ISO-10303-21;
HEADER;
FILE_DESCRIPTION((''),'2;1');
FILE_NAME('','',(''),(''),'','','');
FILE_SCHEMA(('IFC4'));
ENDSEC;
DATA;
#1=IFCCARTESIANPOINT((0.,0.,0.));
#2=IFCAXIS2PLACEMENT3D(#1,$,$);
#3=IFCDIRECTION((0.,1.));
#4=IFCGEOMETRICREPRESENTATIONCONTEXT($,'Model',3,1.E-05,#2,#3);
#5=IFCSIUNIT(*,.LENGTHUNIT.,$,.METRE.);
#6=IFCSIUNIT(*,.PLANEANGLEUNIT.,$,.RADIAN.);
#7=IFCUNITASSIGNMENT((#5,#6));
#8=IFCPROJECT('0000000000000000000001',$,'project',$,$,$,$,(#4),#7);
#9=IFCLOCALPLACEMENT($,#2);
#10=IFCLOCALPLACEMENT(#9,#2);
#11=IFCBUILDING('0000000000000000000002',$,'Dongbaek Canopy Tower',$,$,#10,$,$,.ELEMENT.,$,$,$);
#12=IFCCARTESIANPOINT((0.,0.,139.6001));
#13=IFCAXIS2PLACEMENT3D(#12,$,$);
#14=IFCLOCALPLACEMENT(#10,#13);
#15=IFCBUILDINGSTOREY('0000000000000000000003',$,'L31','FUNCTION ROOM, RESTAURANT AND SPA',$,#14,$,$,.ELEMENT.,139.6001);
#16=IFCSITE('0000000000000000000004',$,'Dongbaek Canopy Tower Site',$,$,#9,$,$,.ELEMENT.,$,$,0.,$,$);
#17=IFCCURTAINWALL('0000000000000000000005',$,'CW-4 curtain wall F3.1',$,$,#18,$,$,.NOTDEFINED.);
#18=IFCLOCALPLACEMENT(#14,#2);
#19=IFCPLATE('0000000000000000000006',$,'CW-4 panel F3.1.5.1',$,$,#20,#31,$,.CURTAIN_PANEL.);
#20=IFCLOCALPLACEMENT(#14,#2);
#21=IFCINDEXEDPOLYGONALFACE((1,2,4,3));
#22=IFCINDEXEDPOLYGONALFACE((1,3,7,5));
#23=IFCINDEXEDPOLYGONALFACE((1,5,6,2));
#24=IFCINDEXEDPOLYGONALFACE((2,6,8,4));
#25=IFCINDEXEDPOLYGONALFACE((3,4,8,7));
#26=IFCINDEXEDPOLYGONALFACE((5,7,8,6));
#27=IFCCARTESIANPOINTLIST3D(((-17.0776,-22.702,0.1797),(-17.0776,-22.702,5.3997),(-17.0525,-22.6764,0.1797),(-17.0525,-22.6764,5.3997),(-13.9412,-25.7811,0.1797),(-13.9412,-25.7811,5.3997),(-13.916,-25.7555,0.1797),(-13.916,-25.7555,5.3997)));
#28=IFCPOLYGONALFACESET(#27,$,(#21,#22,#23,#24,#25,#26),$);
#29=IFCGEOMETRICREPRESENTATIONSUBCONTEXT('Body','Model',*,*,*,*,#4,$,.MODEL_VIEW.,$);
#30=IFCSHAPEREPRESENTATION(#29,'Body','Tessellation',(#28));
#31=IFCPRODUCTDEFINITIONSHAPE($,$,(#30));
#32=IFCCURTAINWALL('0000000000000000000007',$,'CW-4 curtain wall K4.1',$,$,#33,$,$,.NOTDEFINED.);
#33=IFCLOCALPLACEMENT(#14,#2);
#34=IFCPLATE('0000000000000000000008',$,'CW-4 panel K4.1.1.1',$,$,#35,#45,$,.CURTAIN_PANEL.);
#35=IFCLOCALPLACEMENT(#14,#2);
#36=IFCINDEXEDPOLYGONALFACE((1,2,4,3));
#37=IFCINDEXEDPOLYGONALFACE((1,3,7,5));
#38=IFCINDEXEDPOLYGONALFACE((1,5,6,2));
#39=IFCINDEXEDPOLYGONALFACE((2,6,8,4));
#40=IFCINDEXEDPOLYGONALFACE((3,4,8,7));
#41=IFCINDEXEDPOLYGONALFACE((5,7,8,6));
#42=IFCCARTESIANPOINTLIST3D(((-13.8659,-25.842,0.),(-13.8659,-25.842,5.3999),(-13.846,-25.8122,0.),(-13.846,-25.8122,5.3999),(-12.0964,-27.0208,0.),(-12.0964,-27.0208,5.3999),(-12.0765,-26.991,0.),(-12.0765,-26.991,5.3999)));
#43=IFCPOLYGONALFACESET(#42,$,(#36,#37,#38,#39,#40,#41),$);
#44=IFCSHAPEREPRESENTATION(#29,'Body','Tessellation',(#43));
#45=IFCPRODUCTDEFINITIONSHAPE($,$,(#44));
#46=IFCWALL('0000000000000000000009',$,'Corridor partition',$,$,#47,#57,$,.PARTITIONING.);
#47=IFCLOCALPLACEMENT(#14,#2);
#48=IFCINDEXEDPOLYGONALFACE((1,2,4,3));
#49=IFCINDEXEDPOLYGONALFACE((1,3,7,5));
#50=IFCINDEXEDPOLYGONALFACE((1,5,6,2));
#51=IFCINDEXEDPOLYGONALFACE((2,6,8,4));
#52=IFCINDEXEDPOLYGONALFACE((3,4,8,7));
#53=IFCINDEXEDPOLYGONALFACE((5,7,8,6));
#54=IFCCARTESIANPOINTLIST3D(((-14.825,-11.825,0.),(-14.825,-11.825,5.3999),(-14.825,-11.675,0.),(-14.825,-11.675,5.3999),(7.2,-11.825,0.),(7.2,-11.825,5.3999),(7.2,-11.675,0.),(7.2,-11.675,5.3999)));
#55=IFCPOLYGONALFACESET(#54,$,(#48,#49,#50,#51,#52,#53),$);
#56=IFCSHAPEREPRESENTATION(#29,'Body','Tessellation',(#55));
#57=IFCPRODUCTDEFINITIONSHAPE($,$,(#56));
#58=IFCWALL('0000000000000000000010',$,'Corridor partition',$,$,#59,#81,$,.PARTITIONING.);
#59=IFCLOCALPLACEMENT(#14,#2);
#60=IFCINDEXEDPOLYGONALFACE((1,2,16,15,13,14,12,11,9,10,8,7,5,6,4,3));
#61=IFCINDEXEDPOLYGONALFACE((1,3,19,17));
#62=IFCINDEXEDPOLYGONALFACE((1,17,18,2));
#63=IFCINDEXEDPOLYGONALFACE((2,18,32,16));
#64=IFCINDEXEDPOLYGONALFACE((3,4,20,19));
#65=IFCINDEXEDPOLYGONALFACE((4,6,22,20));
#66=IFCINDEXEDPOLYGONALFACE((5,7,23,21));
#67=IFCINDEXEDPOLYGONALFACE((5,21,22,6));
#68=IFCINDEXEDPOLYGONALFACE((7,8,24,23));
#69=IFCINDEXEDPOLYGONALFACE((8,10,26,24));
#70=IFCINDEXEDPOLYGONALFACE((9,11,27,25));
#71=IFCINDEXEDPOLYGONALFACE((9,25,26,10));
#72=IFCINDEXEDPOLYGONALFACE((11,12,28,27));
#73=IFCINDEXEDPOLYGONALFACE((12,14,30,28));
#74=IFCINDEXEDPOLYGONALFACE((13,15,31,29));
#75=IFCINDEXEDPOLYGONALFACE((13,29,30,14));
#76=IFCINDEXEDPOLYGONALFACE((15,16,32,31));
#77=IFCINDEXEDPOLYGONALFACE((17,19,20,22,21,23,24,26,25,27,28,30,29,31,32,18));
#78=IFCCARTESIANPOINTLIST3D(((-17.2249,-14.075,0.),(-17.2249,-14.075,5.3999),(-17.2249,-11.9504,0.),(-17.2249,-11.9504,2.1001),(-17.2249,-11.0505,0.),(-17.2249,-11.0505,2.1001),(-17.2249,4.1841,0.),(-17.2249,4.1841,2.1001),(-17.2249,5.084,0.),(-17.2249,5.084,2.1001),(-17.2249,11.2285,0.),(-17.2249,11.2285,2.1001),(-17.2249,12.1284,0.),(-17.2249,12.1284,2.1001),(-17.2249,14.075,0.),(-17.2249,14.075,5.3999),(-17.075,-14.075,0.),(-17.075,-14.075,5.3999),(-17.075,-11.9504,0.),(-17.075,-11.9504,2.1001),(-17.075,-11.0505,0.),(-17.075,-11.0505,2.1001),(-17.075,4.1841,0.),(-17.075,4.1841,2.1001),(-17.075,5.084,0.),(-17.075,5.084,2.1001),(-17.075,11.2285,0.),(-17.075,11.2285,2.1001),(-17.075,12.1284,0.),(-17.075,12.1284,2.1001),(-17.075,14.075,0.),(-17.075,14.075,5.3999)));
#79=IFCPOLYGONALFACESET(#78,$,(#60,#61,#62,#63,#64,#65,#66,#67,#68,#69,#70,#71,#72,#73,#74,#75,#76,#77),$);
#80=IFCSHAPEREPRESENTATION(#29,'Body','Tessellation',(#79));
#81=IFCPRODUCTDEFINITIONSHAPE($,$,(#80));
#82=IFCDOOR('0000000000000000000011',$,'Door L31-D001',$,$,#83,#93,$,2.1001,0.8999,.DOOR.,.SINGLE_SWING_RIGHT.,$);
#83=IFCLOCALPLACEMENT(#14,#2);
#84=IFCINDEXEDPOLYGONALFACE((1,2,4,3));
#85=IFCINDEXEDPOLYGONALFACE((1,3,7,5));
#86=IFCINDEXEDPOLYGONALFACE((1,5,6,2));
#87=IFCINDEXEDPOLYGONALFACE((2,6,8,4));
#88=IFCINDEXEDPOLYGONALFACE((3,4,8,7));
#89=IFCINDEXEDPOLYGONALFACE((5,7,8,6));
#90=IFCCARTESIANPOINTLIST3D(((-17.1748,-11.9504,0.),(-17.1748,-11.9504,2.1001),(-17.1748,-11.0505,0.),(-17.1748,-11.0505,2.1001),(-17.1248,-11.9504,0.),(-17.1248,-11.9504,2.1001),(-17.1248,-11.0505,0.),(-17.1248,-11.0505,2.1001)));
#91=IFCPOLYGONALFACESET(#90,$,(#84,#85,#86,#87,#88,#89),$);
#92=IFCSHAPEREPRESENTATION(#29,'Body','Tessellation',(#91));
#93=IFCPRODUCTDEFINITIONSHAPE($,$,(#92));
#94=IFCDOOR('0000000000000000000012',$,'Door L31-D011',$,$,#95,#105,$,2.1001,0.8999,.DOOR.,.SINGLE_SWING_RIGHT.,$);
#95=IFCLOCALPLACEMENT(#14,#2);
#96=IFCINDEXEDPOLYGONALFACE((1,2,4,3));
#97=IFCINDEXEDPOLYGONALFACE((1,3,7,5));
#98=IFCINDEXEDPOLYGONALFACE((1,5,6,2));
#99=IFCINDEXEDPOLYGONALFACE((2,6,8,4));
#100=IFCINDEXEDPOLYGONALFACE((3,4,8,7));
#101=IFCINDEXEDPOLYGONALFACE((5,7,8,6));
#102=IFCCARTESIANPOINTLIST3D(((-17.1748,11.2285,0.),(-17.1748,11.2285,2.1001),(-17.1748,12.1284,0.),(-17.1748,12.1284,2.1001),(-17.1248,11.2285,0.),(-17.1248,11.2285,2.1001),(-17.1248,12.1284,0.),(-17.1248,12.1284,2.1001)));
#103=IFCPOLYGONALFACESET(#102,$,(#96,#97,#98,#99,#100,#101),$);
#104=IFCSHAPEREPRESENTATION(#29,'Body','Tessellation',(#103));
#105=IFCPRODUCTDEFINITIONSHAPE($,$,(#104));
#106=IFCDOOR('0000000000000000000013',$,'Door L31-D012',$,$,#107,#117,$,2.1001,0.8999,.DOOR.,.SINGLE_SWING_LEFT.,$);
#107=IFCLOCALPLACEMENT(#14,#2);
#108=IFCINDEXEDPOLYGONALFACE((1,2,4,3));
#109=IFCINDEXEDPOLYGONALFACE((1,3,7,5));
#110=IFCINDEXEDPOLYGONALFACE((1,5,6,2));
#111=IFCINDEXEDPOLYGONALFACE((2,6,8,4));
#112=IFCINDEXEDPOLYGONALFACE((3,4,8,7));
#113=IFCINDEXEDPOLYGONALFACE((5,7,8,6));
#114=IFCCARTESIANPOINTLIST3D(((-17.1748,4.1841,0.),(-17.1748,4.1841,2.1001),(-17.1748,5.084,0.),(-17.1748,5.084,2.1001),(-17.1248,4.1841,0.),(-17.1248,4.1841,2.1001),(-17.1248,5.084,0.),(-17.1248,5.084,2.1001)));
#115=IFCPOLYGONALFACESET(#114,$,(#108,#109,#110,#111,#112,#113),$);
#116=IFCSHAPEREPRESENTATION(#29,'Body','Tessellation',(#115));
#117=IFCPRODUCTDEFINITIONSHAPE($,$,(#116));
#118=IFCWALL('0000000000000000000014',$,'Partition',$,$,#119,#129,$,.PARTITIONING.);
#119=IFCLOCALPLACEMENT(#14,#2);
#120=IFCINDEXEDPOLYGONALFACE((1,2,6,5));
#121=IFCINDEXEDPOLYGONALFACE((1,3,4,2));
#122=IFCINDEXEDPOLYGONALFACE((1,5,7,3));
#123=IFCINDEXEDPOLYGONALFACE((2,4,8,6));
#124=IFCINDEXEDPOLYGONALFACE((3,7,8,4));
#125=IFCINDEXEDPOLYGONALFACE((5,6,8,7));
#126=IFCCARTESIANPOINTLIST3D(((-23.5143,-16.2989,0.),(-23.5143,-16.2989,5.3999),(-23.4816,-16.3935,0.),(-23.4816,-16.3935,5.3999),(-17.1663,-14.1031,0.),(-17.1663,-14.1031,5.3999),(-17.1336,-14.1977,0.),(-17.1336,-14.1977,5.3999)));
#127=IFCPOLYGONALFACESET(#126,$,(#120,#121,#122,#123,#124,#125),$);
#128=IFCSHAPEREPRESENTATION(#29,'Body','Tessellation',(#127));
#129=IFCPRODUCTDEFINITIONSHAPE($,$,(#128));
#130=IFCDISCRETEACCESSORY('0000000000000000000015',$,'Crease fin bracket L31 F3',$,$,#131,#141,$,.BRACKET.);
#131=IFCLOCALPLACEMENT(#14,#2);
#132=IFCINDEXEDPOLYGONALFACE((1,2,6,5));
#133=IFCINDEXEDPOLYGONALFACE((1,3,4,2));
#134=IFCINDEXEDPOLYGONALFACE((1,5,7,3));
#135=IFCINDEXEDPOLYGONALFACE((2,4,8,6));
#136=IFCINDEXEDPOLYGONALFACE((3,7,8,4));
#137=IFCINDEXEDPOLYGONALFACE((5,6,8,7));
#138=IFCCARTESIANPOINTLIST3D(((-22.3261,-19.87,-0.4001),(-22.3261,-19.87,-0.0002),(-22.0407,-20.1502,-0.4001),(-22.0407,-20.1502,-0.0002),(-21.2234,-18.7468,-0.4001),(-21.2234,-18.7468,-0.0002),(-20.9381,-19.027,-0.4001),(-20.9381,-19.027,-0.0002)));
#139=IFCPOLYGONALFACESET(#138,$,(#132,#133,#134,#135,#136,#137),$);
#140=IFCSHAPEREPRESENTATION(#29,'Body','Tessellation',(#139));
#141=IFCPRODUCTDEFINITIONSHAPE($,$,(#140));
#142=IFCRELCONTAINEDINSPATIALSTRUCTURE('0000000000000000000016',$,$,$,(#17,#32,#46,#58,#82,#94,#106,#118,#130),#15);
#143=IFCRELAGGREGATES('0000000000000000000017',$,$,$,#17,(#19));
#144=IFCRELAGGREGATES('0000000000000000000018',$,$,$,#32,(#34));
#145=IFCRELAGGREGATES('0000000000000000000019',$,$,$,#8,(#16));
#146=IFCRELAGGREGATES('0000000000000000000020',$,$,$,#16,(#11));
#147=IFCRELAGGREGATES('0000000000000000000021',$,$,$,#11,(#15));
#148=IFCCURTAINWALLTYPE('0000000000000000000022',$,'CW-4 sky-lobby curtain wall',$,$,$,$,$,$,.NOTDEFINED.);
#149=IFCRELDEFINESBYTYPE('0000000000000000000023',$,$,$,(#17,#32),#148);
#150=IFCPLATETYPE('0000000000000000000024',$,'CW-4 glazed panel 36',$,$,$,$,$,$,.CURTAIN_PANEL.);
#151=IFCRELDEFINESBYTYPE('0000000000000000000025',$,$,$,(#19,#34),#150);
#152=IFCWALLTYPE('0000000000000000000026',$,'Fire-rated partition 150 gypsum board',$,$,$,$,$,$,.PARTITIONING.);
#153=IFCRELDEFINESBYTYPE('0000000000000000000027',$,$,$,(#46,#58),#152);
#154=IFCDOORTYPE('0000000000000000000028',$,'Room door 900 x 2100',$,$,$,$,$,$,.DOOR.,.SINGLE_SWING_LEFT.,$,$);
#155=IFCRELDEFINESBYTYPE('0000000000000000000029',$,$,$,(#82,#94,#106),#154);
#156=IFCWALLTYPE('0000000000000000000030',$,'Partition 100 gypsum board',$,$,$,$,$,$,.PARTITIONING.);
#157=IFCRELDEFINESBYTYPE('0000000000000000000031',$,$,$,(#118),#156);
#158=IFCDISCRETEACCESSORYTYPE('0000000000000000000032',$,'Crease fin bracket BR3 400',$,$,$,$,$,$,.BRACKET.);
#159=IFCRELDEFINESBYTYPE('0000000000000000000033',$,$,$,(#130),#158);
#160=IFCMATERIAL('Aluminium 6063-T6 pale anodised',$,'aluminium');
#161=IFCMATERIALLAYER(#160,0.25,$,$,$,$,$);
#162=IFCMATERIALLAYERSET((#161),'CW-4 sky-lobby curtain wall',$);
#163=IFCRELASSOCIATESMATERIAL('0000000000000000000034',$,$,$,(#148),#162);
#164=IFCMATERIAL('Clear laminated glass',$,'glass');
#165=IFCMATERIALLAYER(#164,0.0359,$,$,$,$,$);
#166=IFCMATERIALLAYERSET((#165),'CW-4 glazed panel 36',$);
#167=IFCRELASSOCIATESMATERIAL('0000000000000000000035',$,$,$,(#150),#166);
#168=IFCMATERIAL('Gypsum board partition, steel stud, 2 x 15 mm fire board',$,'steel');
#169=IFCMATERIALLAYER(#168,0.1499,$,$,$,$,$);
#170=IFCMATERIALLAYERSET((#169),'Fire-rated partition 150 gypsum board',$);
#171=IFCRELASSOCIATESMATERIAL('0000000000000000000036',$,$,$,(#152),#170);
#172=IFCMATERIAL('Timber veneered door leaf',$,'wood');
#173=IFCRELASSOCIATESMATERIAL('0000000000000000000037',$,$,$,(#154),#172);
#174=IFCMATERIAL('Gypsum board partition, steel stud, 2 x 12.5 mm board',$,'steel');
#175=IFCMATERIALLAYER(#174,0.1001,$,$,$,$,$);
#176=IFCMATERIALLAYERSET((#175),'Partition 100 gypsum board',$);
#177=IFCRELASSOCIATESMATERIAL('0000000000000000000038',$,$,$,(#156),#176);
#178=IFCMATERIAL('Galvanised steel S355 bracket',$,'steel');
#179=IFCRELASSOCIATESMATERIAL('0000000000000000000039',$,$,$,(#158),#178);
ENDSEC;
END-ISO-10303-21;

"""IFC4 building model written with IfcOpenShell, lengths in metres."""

from ifc_helpers import new_model, si_unit, direction, frame, frame_2d, origin, origin_2d, place, context, subcontext, project, spatial, rectangle, extrude, material, layer, layer_set, type_object, element, fill, aggregate, save


model = new_model("IFC4")

# Units and contexts
model_context = context("Model", 3, precision=1e-05, world=origin(), true_north=direction((0.0, 1.0)))
body_context = subcontext(model_context, "Body", "Model", "MODEL_VIEW")
ifc_project = project(units=[si_unit("LENGTHUNIT", "METRE"), si_unit("PLANEANGLEUNIT", "RADIAN")], contexts=[model_context])

# Site, building, storey
site_placement = place(None, origin())
site = spatial("IfcSite", under=ifc_project, at=site_placement, Name="Dongbaek Canopy Tower Site", CompositionType="ELEMENT", RefElevation=0.0)
building_placement = place(site_placement, origin())
building = spatial("IfcBuilding", under=site, at=building_placement, Name="Dongbaek Canopy Tower", CompositionType="ELEMENT")
storey_placement = place(building_placement, frame((0.0, 0.0, 139.6001)))
storey = spatial("IfcBuildingStorey", under=building, at=storey_placement, Name="L31", Description="FUNCTION ROOM, RESTAURANT AND SPA", CompositionType="ELEMENT", Elevation=139.6001)

# Curtain wall
ifc_material_1 = material(Name="Aluminium 6063-T6 pale anodised", Category="aluminium")
ifc_layer_1 = layer(ifc_material_1, 0.25)
ifc_layer_set_1 = layer_set([ifc_layer_1], Name="CW-4 sky-lobby curtain wall")
curtain_wall_type = type_object("IfcCurtainWallType", Name="CW-4 sky-lobby curtain wall", PredefinedType="NOTDEFINED", material=ifc_layer_set_1)
curtain_wall_1_placement = place(storey_placement, origin())
curtain_wall_1 = element("IfcCurtainWall", 1, at=curtain_wall_1_placement, inside=storey, type_object=curtain_wall_type, Name="CW-4 curtain wall F3.1", PredefinedType="NOTDEFINED")

# Plate
ifc_material_2 = material(Name="Clear laminated glass", Category="glass")
ifc_layer_2 = layer(ifc_material_2, 0.0359)
ifc_layer_set_2 = layer_set([ifc_layer_2], Name="CW-4 glazed panel 36")
plate_type = type_object("IfcPlateType", Name="CW-4 glazed panel 36", PredefinedType="CURTAIN_PANEL", material=ifc_layer_set_2)
plate_1_placement = place(storey_placement, frame((-15.4968, -24.2288, 0.1797), z_axis=(0.0, 0.0, 1.0), x_axis=(0.713603, -0.70055, 0.0)))
plate_1 = element("IfcPlate", 2, at=plate_1_placement, type_object=plate_type, Name="CW-4 panel F3.1.5.1", PredefinedType="CURTAIN_PANEL", context=body_context, shape_type="SweptSolid", body=[
    extrude(rectangle(XDim=4.3953, YDim=0.0359, at=origin_2d()), origin(), (0.0, 0.0, 1.0), 5.22),
])
aggregate(curtain_wall_1, [plate_1])

# Curtain wall, plate
curtain_wall_2_placement = place(storey_placement, origin())
curtain_wall_2 = element("IfcCurtainWall", 3, at=curtain_wall_2_placement, inside=storey, type_object=curtain_wall_type, Name="CW-4 curtain wall K4.1", PredefinedType="NOTDEFINED")
plate_2_placement = place(storey_placement, frame((-12.9712, -26.4165, 0.0), z_axis=(0.0, 0.0, 1.0), x_axis=(0.832239, -0.554417, 0.0)))
plate_2 = element("IfcPlate", 4, at=plate_2_placement, type_object=plate_type, Name="CW-4 panel K4.1.1.1", PredefinedType="CURTAIN_PANEL", context=body_context, shape_type="SweptSolid", body=[
    extrude(rectangle(XDim=2.1262, YDim=0.0359, at=origin_2d()), origin(), (0.0, 0.0, 1.0), 5.3999),
])
aggregate(curtain_wall_2, [plate_2])

# Wall
ifc_material_3 = material(Name="Gypsum board partition, steel stud, 2 x 15 mm fire board", Category="steel")
ifc_layer_3 = layer(ifc_material_3, 0.1499)
ifc_layer_set_3 = layer_set([ifc_layer_3], Name="Fire-rated partition 150 gypsum board")
wall_type_1 = type_object("IfcWallType", Name="Fire-rated partition 150 gypsum board", PredefinedType="PARTITIONING", material=ifc_layer_set_3)
wall_1_placement = place(storey_placement, frame((-14.825, -11.75, 0.0), z_axis=(0.0, 0.0, 1.0), x_axis=(1.0, 0.0, 0.0)))
element("IfcWall", 5, at=wall_1_placement, inside=storey, type_object=wall_type_1, Name="Corridor partition", PredefinedType="PARTITIONING", context=body_context, shape_type="SweptSolid", body=[
    extrude(rectangle(XDim=22.0249, YDim=0.1499, at=frame_2d((11.0125, 0.0))), origin(), (0.0, 0.0, 1.0), 5.3999),
])

# Wall, openings, doors
wall_2_placement = place(storey_placement, frame((-17.1499, -14.075, 0.0), z_axis=(0.0, 0.0, 1.0), x_axis=(0.0, 1.0, 0.0)))
wall_2 = element("IfcWall", 6, at=wall_2_placement, inside=storey, type_object=wall_type_1, Name="Corridor partition", PredefinedType="PARTITIONING", context=body_context, shape_type="SweptSolid", body=[
    extrude(rectangle(XDim=28.1499, YDim=0.1499, at=frame_2d((14.075, 0.0))), origin(), (0.0, 0.0, 1.0), 5.3999),
])
opening_1_placement = place(wall_2_placement, frame((2.1245, 0.0, 0.0)))
opening_1 = element("IfcOpeningElement", 7, at=opening_1_placement, cuts=wall_2, PredefinedType="OPENING", context=body_context, shape_type="SweptSolid", body=[
    extrude(rectangle(XDim=0.8999, YDim=2.1001, at=frame_2d((0.45, 1.05))), frame((0.0, 0.085, 0.0), z_axis=(0.0, -1.0, 0.0), x_axis=(1.0, 0.0, 0.0)), (0.0, 0.0, 1.0), 0.1699),
])
opening_2_placement = place(wall_2_placement, frame((25.3035, 0.0, 0.0)))
opening_2 = element("IfcOpeningElement", 8, at=opening_2_placement, cuts=wall_2, PredefinedType="OPENING", context=body_context, shape_type="SweptSolid", body=[
    extrude(rectangle(XDim=0.8999, YDim=2.1001, at=frame_2d((0.45, 1.05))), frame((0.0, 0.085, 0.0), z_axis=(0.0, -1.0, 0.0), x_axis=(1.0, 0.0, 0.0)), (0.0, 0.0, 1.0), 0.1699),
])
opening_3_placement = place(wall_2_placement, frame((18.259, 0.0, 0.0)))
opening_3 = element("IfcOpeningElement", 9, at=opening_3_placement, cuts=wall_2, PredefinedType="OPENING", context=body_context, shape_type="SweptSolid", body=[
    extrude(rectangle(XDim=0.8999, YDim=2.1001, at=frame_2d((0.45, 1.05))), frame((0.0, 0.085, 0.0), z_axis=(0.0, -1.0, 0.0), x_axis=(1.0, 0.0, 0.0)), (0.0, 0.0, 1.0), 0.1699),
])
ifc_material_4 = material(Name="Timber veneered door leaf", Category="wood")
door_type = type_object("IfcDoorType", Name="Room door 900 x 2100", OperationType="SINGLE_SWING_LEFT", PredefinedType="DOOR", material=ifc_material_4)
door_1_placement = place(opening_1_placement, origin())
door_1 = element("IfcDoor", 10, at=door_1_placement, inside=storey, type_object=door_type, Name="Door L31-D001", OperationType="SINGLE_SWING_RIGHT", OverallHeight=2.1001, OverallWidth=0.8999, PredefinedType="DOOR", context=body_context, shape_type="SweptSolid", body=[
    extrude(rectangle(XDim=0.8999, YDim=2.1001, at=frame_2d((0.45, 1.05))), frame((0.0, 0.0249, 0.0), z_axis=(0.0, -1.0, 0.0), x_axis=(1.0, 0.0, 0.0)), (0.0, 0.0, 1.0), 0.05),
])
fill(opening_1, door_1)
door_2_placement = place(opening_2_placement, origin())
door_2 = element("IfcDoor", 11, at=door_2_placement, inside=storey, type_object=door_type, Name="Door L31-D011", OperationType="SINGLE_SWING_RIGHT", OverallHeight=2.1001, OverallWidth=0.8999, PredefinedType="DOOR", context=body_context, shape_type="SweptSolid", body=[
    extrude(rectangle(XDim=0.8999, YDim=2.1001, at=frame_2d((0.45, 1.05))), frame((0.0, 0.0249, 0.0), z_axis=(0.0, -1.0, 0.0), x_axis=(1.0, 0.0, 0.0)), (0.0, 0.0, 1.0), 0.05),
])
fill(opening_2, door_2)
door_3_placement = place(opening_3_placement, origin())
door_3 = element("IfcDoor", 12, at=door_3_placement, inside=storey, type_object=door_type, Name="Door L31-D012", OperationType="SINGLE_SWING_LEFT", OverallHeight=2.1001, OverallWidth=0.8999, PredefinedType="DOOR", context=body_context, shape_type="SweptSolid", body=[
    extrude(rectangle(XDim=0.8999, YDim=2.1001, at=frame_2d((0.45, 1.05))), frame((0.0, 0.0249, 0.0), z_axis=(0.0, -1.0, 0.0), x_axis=(1.0, 0.0, 0.0)), (0.0, 0.0, 1.0), 0.05),
])
fill(opening_3, door_3)

# Wall
ifc_material_5 = material(Name="Gypsum board partition, steel stud, 2 x 12.5 mm board", Category="steel")
ifc_layer_4 = layer(ifc_material_5, 0.1001)
ifc_layer_set_4 = layer_set([ifc_layer_4], Name="Partition 100 gypsum board")
wall_type_2 = type_object("IfcWallType", Name="Partition 100 gypsum board", PredefinedType="PARTITIONING", material=ifc_layer_set_4)
wall_3_placement = place(storey_placement, frame((-23.4978, -16.3462, 0.0), z_axis=(0.0, 0.0, 1.0), x_axis=(0.945057, 0.326905, 0.0)))
element("IfcWall", 13, at=wall_3_placement, inside=storey, type_object=wall_type_2, Name="Partition", PredefinedType="PARTITIONING", context=body_context, shape_type="SweptSolid", body=[
    extrude(rectangle(XDim=6.717, YDim=0.1001, at=frame_2d((3.3584, 0.0))), origin(), (0.0, 0.0, 1.0), 5.3999),
])

# Discrete accessory
ifc_material_6 = material(Name="Galvanised steel S355 bracket", Category="steel")
discrete_accessory_type = type_object("IfcDiscreteAccessoryType", Name="Crease fin bracket BR3 400", PredefinedType="BRACKET", material=ifc_material_6)
discrete_accessory_placement = place(storey_placement, frame((-21.6321, -19.4485, -0.4001), z_axis=(0.0, 0.0, 1.0), x_axis=(-0.700551, -0.713603, 0.0)))
element("IfcDiscreteAccessory", 14, at=discrete_accessory_placement, inside=storey, type_object=discrete_accessory_type, Name="Crease fin bracket L31 F3", PredefinedType="BRACKET", context=body_context, shape_type="SweptSolid", body=[
    extrude(rectangle(XDim=1.574, YDim=0.3999, at=origin_2d()), origin(), (0.0, 0.0, 1.0), 0.3999),
])

save(model, "model.ifc")
